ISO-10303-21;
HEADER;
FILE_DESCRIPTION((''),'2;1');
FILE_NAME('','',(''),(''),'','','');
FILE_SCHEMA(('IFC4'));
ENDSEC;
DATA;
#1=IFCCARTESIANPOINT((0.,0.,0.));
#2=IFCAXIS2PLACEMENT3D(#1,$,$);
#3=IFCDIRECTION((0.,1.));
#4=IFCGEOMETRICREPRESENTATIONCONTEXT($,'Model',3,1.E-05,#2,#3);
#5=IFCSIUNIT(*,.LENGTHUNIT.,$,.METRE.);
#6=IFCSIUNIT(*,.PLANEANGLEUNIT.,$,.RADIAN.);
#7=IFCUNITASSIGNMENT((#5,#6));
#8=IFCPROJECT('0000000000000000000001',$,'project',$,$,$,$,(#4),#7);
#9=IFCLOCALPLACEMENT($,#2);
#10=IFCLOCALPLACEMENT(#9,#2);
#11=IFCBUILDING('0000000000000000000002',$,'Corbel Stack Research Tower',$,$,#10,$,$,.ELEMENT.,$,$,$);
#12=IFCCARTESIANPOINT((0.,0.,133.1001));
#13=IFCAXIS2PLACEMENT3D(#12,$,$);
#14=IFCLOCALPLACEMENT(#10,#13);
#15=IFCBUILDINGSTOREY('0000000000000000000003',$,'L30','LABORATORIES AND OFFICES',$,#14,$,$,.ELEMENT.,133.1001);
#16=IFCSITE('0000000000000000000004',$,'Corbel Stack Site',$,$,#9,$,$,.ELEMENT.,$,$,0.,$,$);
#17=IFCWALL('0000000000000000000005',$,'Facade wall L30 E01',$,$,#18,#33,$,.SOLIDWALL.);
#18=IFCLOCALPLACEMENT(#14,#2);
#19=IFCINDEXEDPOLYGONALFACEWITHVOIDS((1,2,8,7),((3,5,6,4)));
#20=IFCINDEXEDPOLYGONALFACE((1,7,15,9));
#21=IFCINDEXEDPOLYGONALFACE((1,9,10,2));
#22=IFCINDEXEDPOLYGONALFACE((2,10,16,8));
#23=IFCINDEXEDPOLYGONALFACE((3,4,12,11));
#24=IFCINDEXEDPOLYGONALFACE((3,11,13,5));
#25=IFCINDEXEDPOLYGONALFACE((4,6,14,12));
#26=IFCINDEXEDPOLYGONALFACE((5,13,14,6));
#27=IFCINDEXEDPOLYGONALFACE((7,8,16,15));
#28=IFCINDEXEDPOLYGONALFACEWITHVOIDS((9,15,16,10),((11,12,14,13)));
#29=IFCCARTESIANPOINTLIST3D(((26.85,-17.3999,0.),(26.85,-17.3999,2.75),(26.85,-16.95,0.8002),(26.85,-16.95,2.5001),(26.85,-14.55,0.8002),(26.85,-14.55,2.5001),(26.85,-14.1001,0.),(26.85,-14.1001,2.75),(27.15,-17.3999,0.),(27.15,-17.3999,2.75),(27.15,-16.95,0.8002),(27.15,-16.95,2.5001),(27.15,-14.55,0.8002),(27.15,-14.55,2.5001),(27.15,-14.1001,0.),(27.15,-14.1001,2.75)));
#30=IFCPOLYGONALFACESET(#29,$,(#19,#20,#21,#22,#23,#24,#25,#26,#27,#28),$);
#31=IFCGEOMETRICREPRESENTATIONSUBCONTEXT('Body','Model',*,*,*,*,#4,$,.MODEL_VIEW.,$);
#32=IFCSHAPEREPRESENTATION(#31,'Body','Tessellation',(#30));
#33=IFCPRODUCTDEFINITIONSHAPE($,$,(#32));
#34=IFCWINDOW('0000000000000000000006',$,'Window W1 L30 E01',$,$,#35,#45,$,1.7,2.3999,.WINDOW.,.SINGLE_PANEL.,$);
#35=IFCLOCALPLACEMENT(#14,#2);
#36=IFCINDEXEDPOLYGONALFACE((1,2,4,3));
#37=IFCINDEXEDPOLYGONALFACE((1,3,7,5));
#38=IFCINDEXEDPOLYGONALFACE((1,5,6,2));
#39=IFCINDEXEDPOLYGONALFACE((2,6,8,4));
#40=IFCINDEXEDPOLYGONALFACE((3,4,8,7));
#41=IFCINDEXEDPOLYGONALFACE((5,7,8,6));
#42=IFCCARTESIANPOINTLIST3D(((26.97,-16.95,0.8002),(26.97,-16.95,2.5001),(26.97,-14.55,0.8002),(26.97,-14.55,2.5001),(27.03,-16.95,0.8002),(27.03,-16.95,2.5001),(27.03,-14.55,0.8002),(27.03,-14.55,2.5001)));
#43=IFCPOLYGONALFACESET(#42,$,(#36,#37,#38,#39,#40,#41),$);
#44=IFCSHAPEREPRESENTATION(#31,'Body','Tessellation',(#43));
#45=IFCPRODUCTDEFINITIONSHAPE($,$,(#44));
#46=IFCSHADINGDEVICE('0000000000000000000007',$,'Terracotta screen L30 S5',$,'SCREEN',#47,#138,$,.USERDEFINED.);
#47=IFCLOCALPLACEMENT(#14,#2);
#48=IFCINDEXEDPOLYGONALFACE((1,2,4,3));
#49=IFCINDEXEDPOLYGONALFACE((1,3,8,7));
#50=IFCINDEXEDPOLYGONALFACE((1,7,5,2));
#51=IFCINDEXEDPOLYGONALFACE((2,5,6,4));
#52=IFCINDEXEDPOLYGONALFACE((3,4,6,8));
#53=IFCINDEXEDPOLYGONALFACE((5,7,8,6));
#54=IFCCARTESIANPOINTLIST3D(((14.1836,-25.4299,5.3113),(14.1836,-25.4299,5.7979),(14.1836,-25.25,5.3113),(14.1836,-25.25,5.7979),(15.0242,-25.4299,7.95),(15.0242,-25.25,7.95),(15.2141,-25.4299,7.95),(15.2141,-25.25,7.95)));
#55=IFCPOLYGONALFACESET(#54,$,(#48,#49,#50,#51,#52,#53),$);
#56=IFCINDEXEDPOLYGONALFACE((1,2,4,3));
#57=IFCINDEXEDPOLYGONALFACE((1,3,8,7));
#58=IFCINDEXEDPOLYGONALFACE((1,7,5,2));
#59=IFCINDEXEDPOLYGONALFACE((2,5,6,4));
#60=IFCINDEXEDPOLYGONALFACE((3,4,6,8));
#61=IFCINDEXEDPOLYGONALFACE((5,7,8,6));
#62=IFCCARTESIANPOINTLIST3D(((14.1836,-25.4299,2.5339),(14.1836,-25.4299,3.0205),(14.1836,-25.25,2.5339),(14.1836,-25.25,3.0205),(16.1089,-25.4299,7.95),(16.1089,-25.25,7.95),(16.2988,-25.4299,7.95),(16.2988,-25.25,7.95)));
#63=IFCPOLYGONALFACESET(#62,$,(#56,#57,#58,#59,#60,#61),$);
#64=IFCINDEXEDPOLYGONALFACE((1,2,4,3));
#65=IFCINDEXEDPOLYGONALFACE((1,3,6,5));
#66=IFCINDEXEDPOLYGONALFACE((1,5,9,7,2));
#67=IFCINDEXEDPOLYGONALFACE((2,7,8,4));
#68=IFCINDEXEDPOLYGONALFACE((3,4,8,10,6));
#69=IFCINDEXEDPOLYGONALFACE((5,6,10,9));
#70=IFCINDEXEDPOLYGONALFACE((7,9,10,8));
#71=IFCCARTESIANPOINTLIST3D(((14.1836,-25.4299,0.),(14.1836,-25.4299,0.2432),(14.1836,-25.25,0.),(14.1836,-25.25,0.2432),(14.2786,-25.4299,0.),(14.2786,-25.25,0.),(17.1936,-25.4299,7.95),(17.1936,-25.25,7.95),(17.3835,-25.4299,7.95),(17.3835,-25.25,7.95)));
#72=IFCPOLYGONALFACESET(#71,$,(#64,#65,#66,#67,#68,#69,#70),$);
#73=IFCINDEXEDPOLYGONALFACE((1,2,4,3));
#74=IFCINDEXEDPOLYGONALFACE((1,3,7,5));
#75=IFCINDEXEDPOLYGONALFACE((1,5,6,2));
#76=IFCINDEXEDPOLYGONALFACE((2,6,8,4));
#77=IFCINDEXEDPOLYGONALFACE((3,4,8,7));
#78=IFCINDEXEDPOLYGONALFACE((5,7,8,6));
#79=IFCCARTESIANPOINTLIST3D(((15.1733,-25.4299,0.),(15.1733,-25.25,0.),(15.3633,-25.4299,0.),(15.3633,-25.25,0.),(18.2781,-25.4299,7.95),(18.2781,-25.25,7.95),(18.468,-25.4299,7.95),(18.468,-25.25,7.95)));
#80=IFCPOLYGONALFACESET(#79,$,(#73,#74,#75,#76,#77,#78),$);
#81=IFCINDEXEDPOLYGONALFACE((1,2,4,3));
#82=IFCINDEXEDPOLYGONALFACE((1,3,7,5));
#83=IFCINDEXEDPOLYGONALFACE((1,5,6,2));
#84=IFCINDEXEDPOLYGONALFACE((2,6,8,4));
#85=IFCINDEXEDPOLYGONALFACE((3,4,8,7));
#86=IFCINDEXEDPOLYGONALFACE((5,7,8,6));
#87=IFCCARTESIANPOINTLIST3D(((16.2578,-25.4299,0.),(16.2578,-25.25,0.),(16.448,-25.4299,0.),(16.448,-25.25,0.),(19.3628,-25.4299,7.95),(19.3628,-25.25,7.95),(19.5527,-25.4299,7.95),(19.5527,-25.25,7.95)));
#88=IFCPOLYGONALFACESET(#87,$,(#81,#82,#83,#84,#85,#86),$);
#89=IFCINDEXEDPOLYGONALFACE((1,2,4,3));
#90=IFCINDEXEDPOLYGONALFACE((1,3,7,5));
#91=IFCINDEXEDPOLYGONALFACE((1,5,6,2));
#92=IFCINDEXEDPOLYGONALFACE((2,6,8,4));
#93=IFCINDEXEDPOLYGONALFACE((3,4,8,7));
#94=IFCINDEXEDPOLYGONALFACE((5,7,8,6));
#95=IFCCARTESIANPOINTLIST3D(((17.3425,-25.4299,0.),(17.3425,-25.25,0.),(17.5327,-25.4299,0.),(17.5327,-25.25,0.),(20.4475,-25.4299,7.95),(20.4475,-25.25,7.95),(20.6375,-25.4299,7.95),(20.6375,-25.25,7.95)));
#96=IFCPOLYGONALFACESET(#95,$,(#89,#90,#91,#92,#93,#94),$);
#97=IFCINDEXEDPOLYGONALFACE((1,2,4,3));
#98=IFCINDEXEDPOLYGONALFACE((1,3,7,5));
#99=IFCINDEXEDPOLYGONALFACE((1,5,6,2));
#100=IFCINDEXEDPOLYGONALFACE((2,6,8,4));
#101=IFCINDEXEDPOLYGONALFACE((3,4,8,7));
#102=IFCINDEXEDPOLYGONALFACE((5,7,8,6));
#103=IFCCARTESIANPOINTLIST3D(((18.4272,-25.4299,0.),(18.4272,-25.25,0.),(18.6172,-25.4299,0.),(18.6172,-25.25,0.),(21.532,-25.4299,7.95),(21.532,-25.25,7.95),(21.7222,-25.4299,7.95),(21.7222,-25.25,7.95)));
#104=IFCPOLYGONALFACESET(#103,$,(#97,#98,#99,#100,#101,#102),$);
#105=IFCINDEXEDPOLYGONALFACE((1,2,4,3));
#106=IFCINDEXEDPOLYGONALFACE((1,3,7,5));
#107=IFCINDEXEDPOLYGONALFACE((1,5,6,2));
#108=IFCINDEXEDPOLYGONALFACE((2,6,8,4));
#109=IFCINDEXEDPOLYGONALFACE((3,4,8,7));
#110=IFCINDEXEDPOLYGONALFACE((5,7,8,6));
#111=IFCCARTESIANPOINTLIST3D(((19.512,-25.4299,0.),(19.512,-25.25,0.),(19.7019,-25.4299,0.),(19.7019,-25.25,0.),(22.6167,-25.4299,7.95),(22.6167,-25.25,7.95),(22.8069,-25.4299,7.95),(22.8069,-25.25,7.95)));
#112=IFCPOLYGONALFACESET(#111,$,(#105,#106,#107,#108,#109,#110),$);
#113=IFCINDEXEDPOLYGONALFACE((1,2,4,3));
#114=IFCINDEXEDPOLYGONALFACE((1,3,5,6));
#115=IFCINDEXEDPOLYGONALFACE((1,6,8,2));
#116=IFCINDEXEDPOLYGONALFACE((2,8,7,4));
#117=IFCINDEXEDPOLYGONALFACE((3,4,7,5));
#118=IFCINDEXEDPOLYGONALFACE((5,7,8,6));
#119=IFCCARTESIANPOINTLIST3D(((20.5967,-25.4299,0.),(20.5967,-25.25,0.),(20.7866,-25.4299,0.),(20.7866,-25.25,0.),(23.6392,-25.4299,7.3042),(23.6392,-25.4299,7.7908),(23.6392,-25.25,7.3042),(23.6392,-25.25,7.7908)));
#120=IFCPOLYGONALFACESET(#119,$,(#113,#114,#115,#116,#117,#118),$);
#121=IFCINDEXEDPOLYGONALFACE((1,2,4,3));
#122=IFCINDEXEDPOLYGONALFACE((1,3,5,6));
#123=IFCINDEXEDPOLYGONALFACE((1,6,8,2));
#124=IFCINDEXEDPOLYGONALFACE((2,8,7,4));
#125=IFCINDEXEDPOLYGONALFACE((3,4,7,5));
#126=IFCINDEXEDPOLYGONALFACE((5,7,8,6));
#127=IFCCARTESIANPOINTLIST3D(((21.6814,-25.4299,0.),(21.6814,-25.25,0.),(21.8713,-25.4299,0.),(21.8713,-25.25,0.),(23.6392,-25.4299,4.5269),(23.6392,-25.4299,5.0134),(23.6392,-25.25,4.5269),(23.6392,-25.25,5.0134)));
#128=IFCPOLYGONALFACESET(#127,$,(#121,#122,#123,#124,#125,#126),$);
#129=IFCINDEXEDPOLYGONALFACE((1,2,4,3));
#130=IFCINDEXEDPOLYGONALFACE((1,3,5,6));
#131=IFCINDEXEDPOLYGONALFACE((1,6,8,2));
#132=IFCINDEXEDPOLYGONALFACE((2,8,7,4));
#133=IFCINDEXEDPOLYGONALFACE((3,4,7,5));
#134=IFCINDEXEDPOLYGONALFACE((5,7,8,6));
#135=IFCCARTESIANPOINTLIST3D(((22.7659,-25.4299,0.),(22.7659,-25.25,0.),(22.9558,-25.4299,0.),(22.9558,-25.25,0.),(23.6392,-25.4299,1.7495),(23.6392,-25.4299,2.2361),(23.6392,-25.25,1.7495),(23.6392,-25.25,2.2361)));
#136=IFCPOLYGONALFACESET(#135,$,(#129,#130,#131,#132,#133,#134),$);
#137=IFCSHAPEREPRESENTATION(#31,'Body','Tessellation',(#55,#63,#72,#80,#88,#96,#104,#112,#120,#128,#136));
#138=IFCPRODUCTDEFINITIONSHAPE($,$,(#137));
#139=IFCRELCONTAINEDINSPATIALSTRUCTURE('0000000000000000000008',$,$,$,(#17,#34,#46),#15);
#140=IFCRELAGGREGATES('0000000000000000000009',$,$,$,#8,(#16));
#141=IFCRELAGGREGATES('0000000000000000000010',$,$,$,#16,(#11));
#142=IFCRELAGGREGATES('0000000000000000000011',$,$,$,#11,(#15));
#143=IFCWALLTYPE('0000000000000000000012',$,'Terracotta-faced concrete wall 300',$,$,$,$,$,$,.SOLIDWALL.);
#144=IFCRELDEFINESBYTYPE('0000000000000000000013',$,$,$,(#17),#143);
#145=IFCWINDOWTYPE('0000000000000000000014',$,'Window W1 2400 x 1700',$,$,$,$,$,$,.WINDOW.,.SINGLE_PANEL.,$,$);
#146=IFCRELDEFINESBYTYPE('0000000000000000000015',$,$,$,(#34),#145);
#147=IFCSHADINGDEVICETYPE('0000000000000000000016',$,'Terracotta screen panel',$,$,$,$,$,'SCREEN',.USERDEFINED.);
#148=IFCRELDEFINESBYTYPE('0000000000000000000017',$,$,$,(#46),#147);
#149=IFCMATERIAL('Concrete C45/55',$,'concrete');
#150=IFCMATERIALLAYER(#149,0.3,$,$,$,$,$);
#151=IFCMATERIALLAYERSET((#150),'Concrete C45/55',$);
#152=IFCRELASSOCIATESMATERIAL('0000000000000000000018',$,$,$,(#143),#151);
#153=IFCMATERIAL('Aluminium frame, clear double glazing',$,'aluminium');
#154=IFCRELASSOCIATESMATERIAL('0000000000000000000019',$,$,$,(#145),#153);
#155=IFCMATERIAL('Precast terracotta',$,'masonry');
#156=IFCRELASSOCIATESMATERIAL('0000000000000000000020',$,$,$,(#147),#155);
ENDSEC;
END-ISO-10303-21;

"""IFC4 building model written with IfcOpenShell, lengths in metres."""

from ifc_helpers import new_model, si_unit, direction, frame, frame_2d, origin, place, context, subcontext, project, spatial, polyline, rectangle, outline, extrude, source, transform, mapped, material, layer, layer_set, type_object, element, fill, save


model = new_model("IFC4")

# Units and contexts
model_context = context("Model", 3, precision=1e-05, world=origin(), true_north=direction((0.0, 1.0)))
body_context = subcontext(model_context, "Body", "Model", "MODEL_VIEW")
ifc_project = project(units=[si_unit("LENGTHUNIT", "METRE"), si_unit("PLANEANGLEUNIT", "RADIAN")], contexts=[model_context])

# Site, building, storey
site_placement = place(None, origin())
site = spatial("IfcSite", under=ifc_project, at=site_placement, Name="Corbel Stack Site", CompositionType="ELEMENT", RefElevation=0.0)
building_placement = place(site_placement, origin())
building = spatial("IfcBuilding", under=site, at=building_placement, Name="Corbel Stack Research Tower", CompositionType="ELEMENT")
storey_placement = place(building_placement, frame((0.0, 0.0, 133.1001)))
storey = spatial("IfcBuildingStorey", under=building, at=storey_placement, Name="L30", Description="LABORATORIES AND OFFICES", CompositionType="ELEMENT", Elevation=133.1001)

# Shared definitions
ifc_material_1 = material(Name="Concrete C45/55", Category="concrete")
ifc_layer_1 = layer(ifc_material_1, 0.3)
ifc_layer_set_1 = layer_set([ifc_layer_1], Name="Concrete C45/55")
wall_type_1 = type_object("IfcWallType", Name="Terracotta-faced concrete wall 300", PredefinedType="SOLIDWALL", material=ifc_layer_set_1)

# Wall, opening, window
wall_1_placement = place(storey_placement, frame((27.0, -14.1001, 0.0), z_axis=(0.0, 0.0, 1.0), x_axis=(0.0, -1.0, 0.0)))
wall_1 = element("IfcWall", 1, at=wall_1_placement, inside=storey, type_object=wall_type_1, Name="Facade wall L30 E01", PredefinedType="SOLIDWALL", context=body_context, shape_type="SweptSolid", body=[
    extrude(rectangle(XDim=3.2998, YDim=0.3, at=frame_2d((1.6499, 0.0))), origin(), (0.0, 0.0, 1.0), 2.75),
])
opening_1_placement = place(wall_1_placement, frame((0.45, 0.0, 0.8)))
opening_1 = element("IfcOpeningElement", 2, at=opening_1_placement, cuts=wall_1, PredefinedType="OPENING", context=body_context, shape_type="SweptSolid", body=[
    extrude(rectangle(XDim=2.3999, YDim=1.7, at=frame_2d((1.2, 0.8501))), frame((0.0, 0.1599, 0.0), z_axis=(0.0, -1.0, 0.0), x_axis=(1.0, 0.0, 0.0)), (0.0, 0.0, 1.0), 0.3201),
])
ifc_material_2 = material(Name="Aluminium frame, clear double glazing", Category="aluminium")
window_type_1 = type_object("IfcWindowType", Name="Window W1 2400 x 1700", PartitioningType="SINGLE_PANEL", PredefinedType="WINDOW", material=ifc_material_2)
window_1_placement = place(opening_1_placement, origin())
window_1 = element("IfcWindow", 3, at=window_1_placement, inside=storey, type_object=window_type_1, Name="Window W1 L30 E01", OverallHeight=1.7, OverallWidth=2.3999, PartitioningType="SINGLE_PANEL", PredefinedType="WINDOW", context=body_context, shape_type="SweptSolid", body=[
    extrude(rectangle(XDim=2.3999, YDim=1.7, at=frame_2d((1.2, 0.8501))), frame((0.0, 0.03, 0.0), z_axis=(0.0, -1.0, 0.0), x_axis=(1.0, 0.0, 0.0)), (0.0, 0.0, 1.0), 0.0601),
])
fill(opening_1, window_1)

# Shading device
ifc_material_3 = material(Name="Precast terracotta", Category="masonry")
shading_device_type = type_object("IfcShadingDeviceType", Name="Terracotta screen panel", ElementType="SCREEN", PredefinedType="USERDEFINED", material=ifc_material_3)
shared_shape_1 = source(origin(), body_context, "Body", "SweptSolid", [
    extrude(outline(polyline([(1.0305, 7.95), (0.8406, 7.95), (0.0, 5.7979), (0.0, 5.3113), (1.0305, 7.95)])), frame((0.0, 0.0, 0.0), z_axis=(0.0, -1.0, 0.0), x_axis=(1.0, 0.0, 0.0)), (0.0, 0.0, 1.0), 0.1799),
    extrude(outline(polyline([(2.1152, 7.95), (1.9253, 7.95), (0.0, 3.0205), (0.0, 2.5339), (2.1152, 7.95)])), frame((0.0, 0.0, 0.0), z_axis=(0.0, -1.0, 0.0), x_axis=(1.0, 0.0, 0.0)), (0.0, 0.0, 1.0), 0.1799),
    extrude(outline(polyline([(0.095, 0.0), (3.2, 7.95), (3.01, 7.95), (0.0, 0.2432), (0.0, 0.0), (0.095, 0.0)])), frame((0.0, 0.0, 0.0), z_axis=(0.0, -1.0, 0.0), x_axis=(1.0, 0.0, 0.0)), (0.0, 0.0, 1.0), 0.1799),
    extrude(outline(polyline([(1.1797, 0.0), (4.2844, 7.95), (4.0945, 7.95), (0.9897, 0.0), (1.1797, 0.0)])), frame((0.0, 0.0, 0.0), z_axis=(0.0, -1.0, 0.0), x_axis=(1.0, 0.0, 0.0)), (0.0, 0.0, 1.0), 0.1799),
    extrude(outline(polyline([(2.2644, 0.0), (5.3691, 7.95), (5.1792, 7.95), (2.0742, 0.0), (2.2644, 0.0)])), frame((0.0, 0.0, 0.0), z_axis=(0.0, -1.0, 0.0), x_axis=(1.0, 0.0, 0.0)), (0.0, 0.0, 1.0), 0.1799),
    extrude(outline(polyline([(3.3491, 0.0), (6.4539, 7.95), (6.2639, 7.95), (3.1589, 0.0), (3.3491, 0.0)])), frame((0.0, 0.0, 0.0), z_axis=(0.0, -1.0, 0.0), x_axis=(1.0, 0.0, 0.0)), (0.0, 0.0, 1.0), 0.1799),
    extrude(outline(polyline([(4.4336, 0.0), (7.5386, 7.95), (7.3484, 7.95), (4.2437, 0.0), (4.4336, 0.0)])), frame((0.0, 0.0, 0.0), z_axis=(0.0, -1.0, 0.0), x_axis=(1.0, 0.0, 0.0)), (0.0, 0.0, 1.0), 0.1799),
    extrude(outline(polyline([(5.5183, 0.0), (8.6233, 7.95), (8.4331, 7.95), (5.3284, 0.0), (5.5183, 0.0)])), frame((0.0, 0.0, 0.0), z_axis=(0.0, -1.0, 0.0), x_axis=(1.0, 0.0, 0.0)), (0.0, 0.0, 1.0), 0.1799),
    extrude(outline(polyline([(6.603, 0.0), (9.4556, 7.3042), (9.4556, 7.7908), (6.4131, 0.0), (6.603, 0.0)])), frame((0.0, 0.0, 0.0), z_axis=(0.0, -1.0, 0.0), x_axis=(1.0, 0.0, 0.0)), (0.0, 0.0, 1.0), 0.1799),
    extrude(outline(polyline([(7.6877, 0.0), (9.4556, 4.5269), (9.4556, 5.0134), (7.4978, 0.0), (7.6877, 0.0)])), frame((0.0, 0.0, 0.0), z_axis=(0.0, -1.0, 0.0), x_axis=(1.0, 0.0, 0.0)), (0.0, 0.0, 1.0), 0.1799),
    extrude(outline(polyline([(8.7722, 0.0), (9.4556, 1.7495), (9.4556, 2.2361), (8.5823, 0.0), (8.7722, 0.0)])), frame((0.0, 0.0, 0.0), z_axis=(0.0, -1.0, 0.0), x_axis=(1.0, 0.0, 0.0)), (0.0, 0.0, 1.0), 0.1799),
])
shading_device_1_placement = place(storey_placement, frame((14.1836, -25.25, 0.0), z_axis=(0.0, 0.0, 1.0), x_axis=(1.0, 0.0, 0.0)))
element("IfcShadingDevice", 4, at=shading_device_1_placement, inside=storey, type_object=shading_device_type, Name="Terracotta screen L30 S5", ObjectType="SCREEN", PredefinedType="USERDEFINED", context=body_context, shape_type="MappedRepresentation", body=[
    mapped(shared_shape_1, transform((0.0, 0.0, 0.0))),
])

save(model, "model.ifc")
